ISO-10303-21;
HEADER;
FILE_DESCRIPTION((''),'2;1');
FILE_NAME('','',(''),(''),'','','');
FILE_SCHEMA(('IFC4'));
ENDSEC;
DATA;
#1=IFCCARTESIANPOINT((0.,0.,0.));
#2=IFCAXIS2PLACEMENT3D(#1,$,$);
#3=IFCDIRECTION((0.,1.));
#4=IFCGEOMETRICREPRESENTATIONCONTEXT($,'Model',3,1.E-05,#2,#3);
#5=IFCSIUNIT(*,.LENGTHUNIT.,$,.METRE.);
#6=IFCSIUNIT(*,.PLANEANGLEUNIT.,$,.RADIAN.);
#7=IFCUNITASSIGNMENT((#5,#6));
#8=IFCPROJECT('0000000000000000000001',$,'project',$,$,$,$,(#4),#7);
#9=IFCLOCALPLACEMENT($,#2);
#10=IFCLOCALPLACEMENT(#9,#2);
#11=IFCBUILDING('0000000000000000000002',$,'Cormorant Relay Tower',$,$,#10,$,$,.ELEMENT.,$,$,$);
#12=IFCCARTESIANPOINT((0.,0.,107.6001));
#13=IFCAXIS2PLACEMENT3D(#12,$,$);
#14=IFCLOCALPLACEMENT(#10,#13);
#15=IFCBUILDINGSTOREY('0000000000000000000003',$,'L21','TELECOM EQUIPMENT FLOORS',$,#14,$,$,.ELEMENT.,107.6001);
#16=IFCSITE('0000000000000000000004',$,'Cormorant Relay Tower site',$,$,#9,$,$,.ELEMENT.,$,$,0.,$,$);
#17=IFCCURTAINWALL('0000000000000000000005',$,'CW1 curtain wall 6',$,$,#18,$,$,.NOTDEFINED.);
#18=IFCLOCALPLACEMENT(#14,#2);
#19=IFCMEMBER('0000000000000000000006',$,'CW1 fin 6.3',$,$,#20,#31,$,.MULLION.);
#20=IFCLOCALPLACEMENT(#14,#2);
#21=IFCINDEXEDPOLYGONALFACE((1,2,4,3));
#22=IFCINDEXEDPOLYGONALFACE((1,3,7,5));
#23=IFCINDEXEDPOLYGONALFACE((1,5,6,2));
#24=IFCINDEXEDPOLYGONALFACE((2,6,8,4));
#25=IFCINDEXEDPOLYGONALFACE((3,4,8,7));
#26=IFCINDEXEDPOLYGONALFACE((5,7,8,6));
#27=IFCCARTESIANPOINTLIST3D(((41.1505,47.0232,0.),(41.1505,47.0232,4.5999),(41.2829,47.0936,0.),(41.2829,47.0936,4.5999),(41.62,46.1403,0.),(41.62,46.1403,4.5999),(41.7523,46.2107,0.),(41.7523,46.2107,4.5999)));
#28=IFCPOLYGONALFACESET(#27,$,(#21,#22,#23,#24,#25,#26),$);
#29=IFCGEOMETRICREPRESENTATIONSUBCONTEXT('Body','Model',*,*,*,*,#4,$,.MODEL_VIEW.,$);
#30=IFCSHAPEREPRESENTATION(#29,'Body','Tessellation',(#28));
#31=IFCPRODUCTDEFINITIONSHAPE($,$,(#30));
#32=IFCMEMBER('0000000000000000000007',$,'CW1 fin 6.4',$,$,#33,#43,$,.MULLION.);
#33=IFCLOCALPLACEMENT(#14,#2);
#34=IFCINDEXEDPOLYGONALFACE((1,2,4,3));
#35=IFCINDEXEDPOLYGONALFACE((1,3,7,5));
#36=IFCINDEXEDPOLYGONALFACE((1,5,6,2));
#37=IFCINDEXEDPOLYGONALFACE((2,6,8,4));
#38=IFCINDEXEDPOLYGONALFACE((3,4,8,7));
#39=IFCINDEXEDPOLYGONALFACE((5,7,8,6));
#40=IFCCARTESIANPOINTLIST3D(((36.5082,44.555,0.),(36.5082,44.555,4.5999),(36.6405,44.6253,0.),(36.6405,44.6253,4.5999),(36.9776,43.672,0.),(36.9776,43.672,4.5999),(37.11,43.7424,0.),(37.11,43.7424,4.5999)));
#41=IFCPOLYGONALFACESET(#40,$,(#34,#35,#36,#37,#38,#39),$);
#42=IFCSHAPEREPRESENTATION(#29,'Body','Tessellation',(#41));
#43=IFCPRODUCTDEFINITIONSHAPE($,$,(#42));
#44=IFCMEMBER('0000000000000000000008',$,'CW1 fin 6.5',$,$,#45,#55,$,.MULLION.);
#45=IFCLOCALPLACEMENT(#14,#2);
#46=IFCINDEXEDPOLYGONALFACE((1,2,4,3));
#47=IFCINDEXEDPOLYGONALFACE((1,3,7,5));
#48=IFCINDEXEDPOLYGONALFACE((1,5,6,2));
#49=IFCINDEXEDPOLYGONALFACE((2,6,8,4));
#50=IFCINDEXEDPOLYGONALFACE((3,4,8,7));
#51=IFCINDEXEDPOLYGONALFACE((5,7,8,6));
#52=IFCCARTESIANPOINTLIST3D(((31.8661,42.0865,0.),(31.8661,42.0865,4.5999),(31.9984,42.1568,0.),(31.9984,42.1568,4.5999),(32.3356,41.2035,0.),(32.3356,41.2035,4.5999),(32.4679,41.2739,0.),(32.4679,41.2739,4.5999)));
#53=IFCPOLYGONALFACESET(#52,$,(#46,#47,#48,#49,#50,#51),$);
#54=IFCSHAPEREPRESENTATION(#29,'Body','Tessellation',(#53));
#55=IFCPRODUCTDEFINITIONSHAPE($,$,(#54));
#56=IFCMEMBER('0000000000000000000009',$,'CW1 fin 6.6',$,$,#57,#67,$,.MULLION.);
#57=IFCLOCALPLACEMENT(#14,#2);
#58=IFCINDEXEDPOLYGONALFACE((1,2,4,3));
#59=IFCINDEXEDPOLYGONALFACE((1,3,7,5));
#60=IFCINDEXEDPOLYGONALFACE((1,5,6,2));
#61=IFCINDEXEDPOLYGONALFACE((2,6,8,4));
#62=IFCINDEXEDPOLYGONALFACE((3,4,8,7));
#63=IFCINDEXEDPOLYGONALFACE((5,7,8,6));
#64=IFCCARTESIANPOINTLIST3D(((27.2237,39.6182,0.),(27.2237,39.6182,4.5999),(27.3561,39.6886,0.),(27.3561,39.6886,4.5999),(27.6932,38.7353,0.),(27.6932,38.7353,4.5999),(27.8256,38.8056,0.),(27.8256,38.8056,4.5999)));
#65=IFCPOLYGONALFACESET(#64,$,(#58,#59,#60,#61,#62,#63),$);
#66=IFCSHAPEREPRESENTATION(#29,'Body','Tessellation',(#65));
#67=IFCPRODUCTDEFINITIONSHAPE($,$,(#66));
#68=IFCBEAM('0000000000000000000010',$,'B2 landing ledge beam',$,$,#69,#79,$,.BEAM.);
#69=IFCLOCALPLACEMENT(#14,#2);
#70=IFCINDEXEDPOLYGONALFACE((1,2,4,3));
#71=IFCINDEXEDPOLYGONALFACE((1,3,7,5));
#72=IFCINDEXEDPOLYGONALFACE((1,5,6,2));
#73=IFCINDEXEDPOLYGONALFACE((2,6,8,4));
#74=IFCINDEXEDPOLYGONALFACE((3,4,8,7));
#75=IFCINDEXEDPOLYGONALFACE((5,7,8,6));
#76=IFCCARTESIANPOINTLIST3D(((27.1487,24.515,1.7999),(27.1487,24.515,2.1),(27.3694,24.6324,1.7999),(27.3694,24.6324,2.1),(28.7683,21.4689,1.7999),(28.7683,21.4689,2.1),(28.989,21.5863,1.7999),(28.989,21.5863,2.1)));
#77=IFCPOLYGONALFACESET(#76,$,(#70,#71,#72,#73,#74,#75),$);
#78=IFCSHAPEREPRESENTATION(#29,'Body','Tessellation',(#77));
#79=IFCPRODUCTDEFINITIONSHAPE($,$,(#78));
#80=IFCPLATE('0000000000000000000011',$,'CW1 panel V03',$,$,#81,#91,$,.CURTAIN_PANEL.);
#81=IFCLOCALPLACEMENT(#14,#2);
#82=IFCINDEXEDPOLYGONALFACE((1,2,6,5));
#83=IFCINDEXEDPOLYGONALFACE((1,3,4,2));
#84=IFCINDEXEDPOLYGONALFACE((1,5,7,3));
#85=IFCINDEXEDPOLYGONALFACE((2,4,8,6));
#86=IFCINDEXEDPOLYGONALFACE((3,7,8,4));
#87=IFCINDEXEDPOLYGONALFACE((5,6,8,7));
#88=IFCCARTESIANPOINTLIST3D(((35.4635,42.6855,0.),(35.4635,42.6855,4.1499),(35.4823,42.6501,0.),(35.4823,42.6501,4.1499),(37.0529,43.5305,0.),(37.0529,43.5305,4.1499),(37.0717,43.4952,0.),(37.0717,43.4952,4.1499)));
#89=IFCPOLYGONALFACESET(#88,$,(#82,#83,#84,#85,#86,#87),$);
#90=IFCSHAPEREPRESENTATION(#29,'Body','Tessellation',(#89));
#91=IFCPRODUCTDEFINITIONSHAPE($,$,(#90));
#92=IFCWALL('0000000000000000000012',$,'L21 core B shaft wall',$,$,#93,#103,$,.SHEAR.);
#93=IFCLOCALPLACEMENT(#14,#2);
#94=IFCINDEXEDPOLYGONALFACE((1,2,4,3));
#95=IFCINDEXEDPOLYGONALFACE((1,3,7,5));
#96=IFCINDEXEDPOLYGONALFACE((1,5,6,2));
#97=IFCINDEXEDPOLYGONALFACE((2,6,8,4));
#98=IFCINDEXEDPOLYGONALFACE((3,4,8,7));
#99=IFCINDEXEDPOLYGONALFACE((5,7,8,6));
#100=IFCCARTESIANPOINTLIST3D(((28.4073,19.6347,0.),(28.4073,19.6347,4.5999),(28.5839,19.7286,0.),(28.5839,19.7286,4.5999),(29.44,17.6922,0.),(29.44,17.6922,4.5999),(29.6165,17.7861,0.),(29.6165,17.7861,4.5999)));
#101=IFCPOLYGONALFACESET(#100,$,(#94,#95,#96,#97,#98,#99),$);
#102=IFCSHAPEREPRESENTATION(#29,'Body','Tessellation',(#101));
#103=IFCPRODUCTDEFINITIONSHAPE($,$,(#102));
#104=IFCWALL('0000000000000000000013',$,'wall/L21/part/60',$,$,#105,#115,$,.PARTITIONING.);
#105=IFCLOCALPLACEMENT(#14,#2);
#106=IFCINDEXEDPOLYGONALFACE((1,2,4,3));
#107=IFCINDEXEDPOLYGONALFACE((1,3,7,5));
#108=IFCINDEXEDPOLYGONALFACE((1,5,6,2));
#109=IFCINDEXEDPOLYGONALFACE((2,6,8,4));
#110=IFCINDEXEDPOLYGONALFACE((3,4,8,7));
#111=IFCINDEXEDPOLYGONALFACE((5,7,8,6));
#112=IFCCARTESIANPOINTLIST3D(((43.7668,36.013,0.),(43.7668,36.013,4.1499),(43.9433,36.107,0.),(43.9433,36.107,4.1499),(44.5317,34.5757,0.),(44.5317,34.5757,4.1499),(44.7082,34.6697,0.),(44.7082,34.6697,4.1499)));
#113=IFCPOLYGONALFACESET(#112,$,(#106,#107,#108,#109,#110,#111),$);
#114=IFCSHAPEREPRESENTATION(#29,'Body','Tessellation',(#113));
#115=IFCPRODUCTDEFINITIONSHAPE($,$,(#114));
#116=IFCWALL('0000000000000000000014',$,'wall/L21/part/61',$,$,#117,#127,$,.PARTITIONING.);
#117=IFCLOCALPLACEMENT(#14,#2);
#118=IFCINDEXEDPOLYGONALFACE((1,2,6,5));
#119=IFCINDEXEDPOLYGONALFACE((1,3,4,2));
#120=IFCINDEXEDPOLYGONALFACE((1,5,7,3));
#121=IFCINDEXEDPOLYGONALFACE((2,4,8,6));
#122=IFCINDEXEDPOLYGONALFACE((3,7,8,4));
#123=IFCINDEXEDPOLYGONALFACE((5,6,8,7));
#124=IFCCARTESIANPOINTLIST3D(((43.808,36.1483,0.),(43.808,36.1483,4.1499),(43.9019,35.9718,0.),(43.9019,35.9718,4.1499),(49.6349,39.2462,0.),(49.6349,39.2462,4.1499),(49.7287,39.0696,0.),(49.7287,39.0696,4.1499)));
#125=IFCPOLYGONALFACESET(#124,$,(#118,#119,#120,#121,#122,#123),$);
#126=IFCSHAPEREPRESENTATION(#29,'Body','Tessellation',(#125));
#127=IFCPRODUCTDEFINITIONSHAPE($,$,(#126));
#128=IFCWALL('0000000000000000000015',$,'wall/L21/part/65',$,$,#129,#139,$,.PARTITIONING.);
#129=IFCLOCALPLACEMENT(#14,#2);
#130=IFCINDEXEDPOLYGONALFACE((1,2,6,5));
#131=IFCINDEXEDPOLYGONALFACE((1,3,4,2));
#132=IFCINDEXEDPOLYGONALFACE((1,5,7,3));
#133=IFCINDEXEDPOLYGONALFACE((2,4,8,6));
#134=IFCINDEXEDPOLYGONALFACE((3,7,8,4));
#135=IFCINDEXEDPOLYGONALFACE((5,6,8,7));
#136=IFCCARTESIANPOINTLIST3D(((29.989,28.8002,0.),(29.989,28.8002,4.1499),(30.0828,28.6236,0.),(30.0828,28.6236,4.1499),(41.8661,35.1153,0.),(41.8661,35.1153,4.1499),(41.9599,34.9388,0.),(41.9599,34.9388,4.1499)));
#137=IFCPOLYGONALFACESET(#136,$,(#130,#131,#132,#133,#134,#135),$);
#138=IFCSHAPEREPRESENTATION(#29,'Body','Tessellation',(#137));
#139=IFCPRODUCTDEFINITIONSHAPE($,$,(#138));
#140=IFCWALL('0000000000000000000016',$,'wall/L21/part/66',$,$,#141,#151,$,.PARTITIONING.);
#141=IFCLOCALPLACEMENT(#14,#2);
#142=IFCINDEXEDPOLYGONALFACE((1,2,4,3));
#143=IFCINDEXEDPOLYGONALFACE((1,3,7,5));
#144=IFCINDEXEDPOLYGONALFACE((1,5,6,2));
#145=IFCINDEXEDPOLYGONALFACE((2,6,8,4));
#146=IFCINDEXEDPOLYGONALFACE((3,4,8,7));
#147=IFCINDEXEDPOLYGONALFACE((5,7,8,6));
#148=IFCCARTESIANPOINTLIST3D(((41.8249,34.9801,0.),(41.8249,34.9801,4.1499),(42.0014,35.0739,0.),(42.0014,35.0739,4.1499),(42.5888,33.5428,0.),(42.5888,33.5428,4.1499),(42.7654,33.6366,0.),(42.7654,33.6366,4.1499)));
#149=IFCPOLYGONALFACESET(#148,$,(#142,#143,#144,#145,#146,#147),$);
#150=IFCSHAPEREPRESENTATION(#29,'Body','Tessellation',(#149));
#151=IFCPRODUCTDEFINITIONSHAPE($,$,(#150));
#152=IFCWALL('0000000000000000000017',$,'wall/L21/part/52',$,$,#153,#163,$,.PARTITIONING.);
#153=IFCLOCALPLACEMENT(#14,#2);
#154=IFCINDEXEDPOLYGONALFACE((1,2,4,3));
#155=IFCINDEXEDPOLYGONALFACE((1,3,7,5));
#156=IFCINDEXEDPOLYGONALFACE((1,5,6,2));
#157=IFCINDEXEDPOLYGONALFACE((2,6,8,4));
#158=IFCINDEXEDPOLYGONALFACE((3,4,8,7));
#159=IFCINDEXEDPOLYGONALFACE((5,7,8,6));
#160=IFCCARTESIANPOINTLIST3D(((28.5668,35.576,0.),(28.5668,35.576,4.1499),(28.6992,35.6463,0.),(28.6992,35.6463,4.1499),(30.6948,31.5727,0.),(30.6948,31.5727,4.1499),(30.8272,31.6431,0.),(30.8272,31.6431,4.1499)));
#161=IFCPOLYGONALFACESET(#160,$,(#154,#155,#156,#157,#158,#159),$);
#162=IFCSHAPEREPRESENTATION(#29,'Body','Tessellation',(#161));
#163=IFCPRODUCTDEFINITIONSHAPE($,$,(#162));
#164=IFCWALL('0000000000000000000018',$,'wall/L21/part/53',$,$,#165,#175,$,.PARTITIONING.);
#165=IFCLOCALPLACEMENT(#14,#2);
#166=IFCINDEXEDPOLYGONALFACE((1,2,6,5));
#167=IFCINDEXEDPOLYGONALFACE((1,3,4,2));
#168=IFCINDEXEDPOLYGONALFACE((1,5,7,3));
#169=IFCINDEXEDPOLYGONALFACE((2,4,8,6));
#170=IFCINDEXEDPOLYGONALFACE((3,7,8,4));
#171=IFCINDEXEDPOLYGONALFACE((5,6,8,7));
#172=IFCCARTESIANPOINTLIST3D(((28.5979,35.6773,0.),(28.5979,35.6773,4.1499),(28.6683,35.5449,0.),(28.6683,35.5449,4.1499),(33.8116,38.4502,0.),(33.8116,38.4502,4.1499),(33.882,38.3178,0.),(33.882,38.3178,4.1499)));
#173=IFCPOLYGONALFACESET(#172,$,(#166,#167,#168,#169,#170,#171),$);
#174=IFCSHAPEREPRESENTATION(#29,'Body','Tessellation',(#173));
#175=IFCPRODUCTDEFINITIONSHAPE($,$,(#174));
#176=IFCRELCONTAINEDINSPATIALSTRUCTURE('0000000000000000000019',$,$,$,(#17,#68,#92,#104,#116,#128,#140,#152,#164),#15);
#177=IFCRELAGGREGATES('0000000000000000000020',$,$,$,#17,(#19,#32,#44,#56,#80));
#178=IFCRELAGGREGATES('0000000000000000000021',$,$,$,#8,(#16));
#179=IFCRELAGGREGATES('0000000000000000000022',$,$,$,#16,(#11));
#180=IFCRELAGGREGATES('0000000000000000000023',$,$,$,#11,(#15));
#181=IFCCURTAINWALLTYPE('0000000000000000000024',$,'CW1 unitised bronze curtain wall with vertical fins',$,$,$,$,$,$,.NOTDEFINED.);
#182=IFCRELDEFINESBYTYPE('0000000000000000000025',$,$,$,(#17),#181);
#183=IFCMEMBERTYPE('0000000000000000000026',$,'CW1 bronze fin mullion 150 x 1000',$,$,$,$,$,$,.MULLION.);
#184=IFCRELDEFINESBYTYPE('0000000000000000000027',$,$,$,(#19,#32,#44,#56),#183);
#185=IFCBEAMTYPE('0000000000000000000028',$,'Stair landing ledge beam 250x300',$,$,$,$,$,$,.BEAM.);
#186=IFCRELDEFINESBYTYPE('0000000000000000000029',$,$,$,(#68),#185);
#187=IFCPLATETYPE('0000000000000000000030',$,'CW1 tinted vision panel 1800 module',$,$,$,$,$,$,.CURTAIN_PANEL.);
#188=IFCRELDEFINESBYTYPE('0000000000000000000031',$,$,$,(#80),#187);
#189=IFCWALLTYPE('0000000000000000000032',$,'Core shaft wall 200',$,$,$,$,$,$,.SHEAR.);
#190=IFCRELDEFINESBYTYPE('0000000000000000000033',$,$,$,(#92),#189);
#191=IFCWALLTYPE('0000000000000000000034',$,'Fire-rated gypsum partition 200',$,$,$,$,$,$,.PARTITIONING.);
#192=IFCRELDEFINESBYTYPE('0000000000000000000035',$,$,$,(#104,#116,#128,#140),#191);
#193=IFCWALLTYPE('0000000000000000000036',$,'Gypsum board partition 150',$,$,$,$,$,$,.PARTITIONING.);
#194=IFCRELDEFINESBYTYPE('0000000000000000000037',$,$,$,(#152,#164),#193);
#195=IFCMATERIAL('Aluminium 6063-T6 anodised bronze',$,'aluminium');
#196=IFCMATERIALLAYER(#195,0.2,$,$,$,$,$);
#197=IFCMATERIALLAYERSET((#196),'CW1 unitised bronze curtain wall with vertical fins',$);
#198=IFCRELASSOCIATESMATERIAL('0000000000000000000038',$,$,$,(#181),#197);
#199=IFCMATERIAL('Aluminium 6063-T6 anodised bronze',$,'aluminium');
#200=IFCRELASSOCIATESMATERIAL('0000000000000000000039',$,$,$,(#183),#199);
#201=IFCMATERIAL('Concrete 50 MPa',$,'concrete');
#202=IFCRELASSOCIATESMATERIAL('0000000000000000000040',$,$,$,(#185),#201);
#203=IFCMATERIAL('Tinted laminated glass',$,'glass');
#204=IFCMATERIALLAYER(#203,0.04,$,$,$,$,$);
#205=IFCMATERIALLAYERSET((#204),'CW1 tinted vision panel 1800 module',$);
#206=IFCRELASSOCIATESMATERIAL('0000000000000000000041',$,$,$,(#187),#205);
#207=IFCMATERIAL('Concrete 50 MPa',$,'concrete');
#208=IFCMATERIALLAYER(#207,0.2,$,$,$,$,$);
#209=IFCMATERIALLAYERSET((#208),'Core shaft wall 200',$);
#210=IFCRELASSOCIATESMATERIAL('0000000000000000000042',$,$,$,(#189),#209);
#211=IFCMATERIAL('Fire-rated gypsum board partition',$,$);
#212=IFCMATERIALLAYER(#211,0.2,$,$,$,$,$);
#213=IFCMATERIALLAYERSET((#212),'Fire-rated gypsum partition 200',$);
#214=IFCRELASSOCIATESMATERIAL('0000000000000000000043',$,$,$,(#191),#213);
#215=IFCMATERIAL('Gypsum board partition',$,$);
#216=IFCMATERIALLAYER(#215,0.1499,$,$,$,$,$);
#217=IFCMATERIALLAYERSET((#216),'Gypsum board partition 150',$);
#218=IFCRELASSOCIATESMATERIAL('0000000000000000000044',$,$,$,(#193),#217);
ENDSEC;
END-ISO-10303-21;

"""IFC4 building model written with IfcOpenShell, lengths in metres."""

from ifc_helpers import new_model, si_unit, direction, frame, frame_2d, origin, origin_2d, place, context, subcontext, project, spatial, rectangle, extrude, material, layer, layer_set, material_profile, profile_set, type_object, element, aggregate, save


model = new_model("IFC4")

# Units and contexts
model_context = context("Model", 3, precision=1e-05, world=origin(), true_north=direction((0.0, 1.0)))
body_context = subcontext(model_context, "Body", "Model", "MODEL_VIEW")
ifc_project = project(units=[si_unit("LENGTHUNIT", "METRE"), si_unit("PLANEANGLEUNIT", "RADIAN")], contexts=[model_context])

# Site, building, storey
site_placement = place(None, origin())
site = spatial("IfcSite", under=ifc_project, at=site_placement, Name="Cormorant Relay Tower site", CompositionType="ELEMENT", RefElevation=0.0)
building_placement = place(site_placement, origin())
building = spatial("IfcBuilding", under=site, at=building_placement, Name="Cormorant Relay Tower", CompositionType="ELEMENT")
storey_placement = place(building_placement, frame((0.0, 0.0, 107.6001)))
storey = spatial("IfcBuildingStorey", under=building, at=storey_placement, Name="L21", Description="TELECOM EQUIPMENT FLOORS", CompositionType="ELEMENT", Elevation=107.6001)

# Curtain wall, members
ifc_material_1 = material(Name="Aluminium 6063-T6 anodised bronze", Category="aluminium")
ifc_layer_1 = layer(ifc_material_1, 0.2)
ifc_layer_set_1 = layer_set([ifc_layer_1], Name="CW1 unitised bronze curtain wall with vertical fins")
curtain_wall_type = type_object("IfcCurtainWallType", Name="CW1 unitised bronze curtain wall with vertical fins", PredefinedType="NOTDEFINED", material=ifc_layer_set_1)
curtain_wall_placement = place(storey_placement, origin())
curtain_wall = element("IfcCurtainWall", 1, at=curtain_wall_placement, inside=storey, type_object=curtain_wall_type, Name="CW1 curtain wall 6", PredefinedType="NOTDEFINED")
ifc_material_2 = material(Name="Aluminium 6063-T6 anodised bronze", Category="aluminium")
ifc_material_profile_1 = material_profile(ifc_material_2, rectangle(XDim=0.1499, YDim=1.0, at=origin_2d()), Name="AL 150x1000")
ifc_profile_set_1 = profile_set([ifc_material_profile_1], Name="Aluminium 6063-T6 anodised bronze")
member_type = type_object("IfcMemberType", Name="CW1 bronze fin mullion 150 x 1000", PredefinedType="MULLION", material=ifc_profile_set_1)
member_1_placement = place(storey_placement, frame((41.4514, 46.6169, 0.0), z_axis=(0.0, 0.0, 1.0), x_axis=(-0.882948, -0.469472, 0.0)))
member_1 = element("IfcMember", 2, at=member_1_placement, type_object=member_type, Name="CW1 fin 6.3", PredefinedType="MULLION", context=body_context, shape_type="SweptSolid", body=[
    extrude(rectangle(XDim=0.1499, YDim=1.0, at=origin_2d()), origin(), (0.0, 0.0, 1.0), 4.5999),
])
member_2_placement = place(storey_placement, frame((36.8091, 44.1487, 0.0), z_axis=(0.0, 0.0, 1.0), x_axis=(-0.882948, -0.469472, 0.0)))
member_2 = element("IfcMember", 3, at=member_2_placement, type_object=member_type, Name="CW1 fin 6.4", PredefinedType="MULLION", context=body_context, shape_type="SweptSolid", body=[
    extrude(rectangle(XDim=0.1499, YDim=1.0, at=origin_2d()), origin(), (0.0, 0.0, 1.0), 4.5999),
])
member_3_placement = place(storey_placement, frame((32.167, 41.6802, 0.0), z_axis=(0.0, 0.0, 1.0), x_axis=(-0.882948, -0.469472, 0.0)))
member_3 = element("IfcMember", 4, at=member_3_placement, type_object=member_type, Name="CW1 fin 6.5", PredefinedType="MULLION", context=body_context, shape_type="SweptSolid", body=[
    extrude(rectangle(XDim=0.1499, YDim=1.0, at=origin_2d()), origin(), (0.0, 0.0, 1.0), 4.5999),
])
member_4_placement = place(storey_placement, frame((27.5247, 39.2119, 0.0), z_axis=(0.0, 0.0, 1.0), x_axis=(-0.882948, -0.469472, 0.0)))
member_4 = element("IfcMember", 5, at=member_4_placement, type_object=member_type, Name="CW1 fin 6.6", PredefinedType="MULLION", context=body_context, shape_type="SweptSolid", body=[
    extrude(rectangle(XDim=0.1499, YDim=1.0, at=origin_2d()), origin(), (0.0, 0.0, 1.0), 4.5999),
])

# Beam
ifc_material_3 = material(Name="Concrete 50 MPa", Category="concrete")
ifc_material_profile_2 = material_profile(ifc_material_3, rectangle(XDim=0.25, YDim=0.3, at=origin_2d()), Name="RC 250x300")
ifc_profile_set_2 = profile_set([ifc_material_profile_2], Name="Concrete 50 MPa")
beam_type = type_object("IfcBeamType", Name="Stair landing ledge beam 250x300", PredefinedType="BEAM", material=ifc_profile_set_2)
beam_placement = place(storey_placement, frame((28.8787, 21.5276, 1.95), z_axis=(-0.469464, 0.882952, 0.0), x_axis=(-0.882952, -0.469464, 0.0)))
element("IfcBeam", 6, at=beam_placement, inside=storey, type_object=beam_type, Name="B2 landing ledge beam", PredefinedType="BEAM", context=body_context, shape_type="SweptSolid", body=[
    extrude(rectangle(XDim=0.25, YDim=0.3, at=origin_2d()), origin(), (0.0, 0.0, 1.0), 3.45),
])

# Plate
ifc_material_4 = material(Name="Tinted laminated glass", Category="glass")
ifc_layer_2 = layer(ifc_material_4, 0.04)
ifc_layer_set_2 = layer_set([ifc_layer_2], Name="CW1 tinted vision panel 1800 module")
plate_type = type_object("IfcPlateType", Name="CW1 tinted vision panel 1800 module", PredefinedType="CURTAIN_PANEL", material=ifc_layer_set_2)
plate_placement = place(storey_placement, frame((36.2676, 43.0903, 0.0), z_axis=(0.0, 0.0, 1.0), x_axis=(-0.882948, -0.469472, 0.0)))
plate = element("IfcPlate", 7, at=plate_placement, type_object=plate_type, Name="CW1 panel V03", PredefinedType="CURTAIN_PANEL", context=body_context, shape_type="SweptSolid", body=[
    extrude(rectangle(XDim=1.8, YDim=0.04, at=origin_2d()), origin(), (0.0, 0.0, 1.0), 4.1499),
])

# Walls
ifc_material_5 = material(Name="Concrete 50 MPa", Category="concrete")
ifc_layer_3 = layer(ifc_material_5, 0.2)
ifc_layer_set_3 = layer_set([ifc_layer_3], Name="Core shaft wall 200")
wall_type_1 = type_object("IfcWallType", Name="Core shaft wall 200", PredefinedType="SHEAR", material=ifc_layer_set_3)
wall_1_placement = place(storey_placement, frame((29.5283, 17.739, 0.0), z_axis=(0.0, 0.0, 1.0), x_axis=(-0.469401, 0.882985, 0.0)))
element("IfcWall", 8, at=wall_1_placement, inside=storey, type_object=wall_type_1, Name="L21 core B shaft wall", PredefinedType="SHEAR", context=body_context, shape_type="SweptSolid", body=[
    extrude(rectangle(XDim=2.2, YDim=0.2, at=frame_2d((1.1001, 0.0))), origin(), (0.0, 0.0, 1.0), 4.5999),
])
ifc_material_6 = material(Name="Fire-rated gypsum board partition")
ifc_layer_4 = layer(ifc_material_6, 0.2)
ifc_layer_set_4 = layer_set([ifc_layer_4], Name="Fire-rated gypsum partition 200")
wall_type_2 = type_object("IfcWallType", Name="Fire-rated gypsum partition 200", PredefinedType="PARTITIONING", material=ifc_layer_set_4)
wall_2_placement = place(storey_placement, frame((44.6199, 34.6228, 0.0), z_axis=(0.0, 0.0, 1.0), x_axis=(-0.469802, 0.882772, 0.0)))
element("IfcWall", 9, at=wall_2_placement, inside=storey, type_object=wall_type_2, Name="wall/L21/part/60", PredefinedType="PARTITIONING", context=body_context, shape_type="SweptSolid", body=[
    extrude(rectangle(XDim=1.6282, YDim=0.2, at=frame_2d((0.814, 0.0))), origin(), (0.0, 0.0, 1.0), 4.1499),
])
wall_3_placement = place(storey_placement, frame((43.855, 36.0601, 0.0), z_axis=(0.0, 0.0, 1.0), x_axis=(0.882968, 0.469434, 0.0)))
element("IfcWall", 10, at=wall_3_placement, inside=storey, type_object=wall_type_2, Name="wall/L21/part/61", PredefinedType="PARTITIONING", context=body_context, shape_type="SweptSolid", body=[
    extrude(rectangle(XDim=6.5991, YDim=0.2, at=frame_2d((3.2996, 0.0))), origin(), (0.0, 0.0, 1.0), 4.1499),
])
wall_4_placement = place(storey_placement, frame((30.0359, 28.7119, 0.0), z_axis=(0.0, 0.0, 1.0), x_axis=(0.882949, 0.46947, 0.0)))
element("IfcWall", 11, at=wall_4_placement, inside=storey, type_object=wall_type_2, Name="wall/L21/part/65", PredefinedType="PARTITIONING", context=body_context, shape_type="SweptSolid", body=[
    extrude(rectangle(XDim=13.4517, YDim=0.2, at=frame_2d((6.7258, 0.0))), origin(), (0.0, 0.0, 1.0), 4.1499),
])
wall_5_placement = place(storey_placement, frame((41.9131, 35.0271, 0.0), z_axis=(0.0, 0.0, 1.0), x_axis=(0.469334, -0.883021, 0.0)))
element("IfcWall", 12, at=wall_5_placement, inside=storey, type_object=wall_type_2, Name="wall/L21/part/66", PredefinedType="PARTITIONING", context=body_context, shape_type="SweptSolid", body=[
    extrude(rectangle(XDim=1.6277, YDim=0.2, at=frame_2d((0.814, 0.0))), origin(), (0.0, 0.0, 1.0), 4.1499),
])
ifc_material_7 = material(Name="Gypsum board partition")
ifc_layer_5 = layer(ifc_material_7, 0.1499)
ifc_layer_set_5 = layer_set([ifc_layer_5], Name="Gypsum board partition 150")
wall_type_3 = type_object("IfcWallType", Name="Gypsum board partition 150", PredefinedType="PARTITIONING", material=ifc_layer_set_5)
wall_6_placement = place(storey_placement, frame((30.761, 31.6079, 0.0), z_axis=(0.0, 0.0, 1.0), x_axis=(-0.469369, 0.883002, 0.0)))
element("IfcWall", 13, at=wall_6_placement, inside=storey, type_object=wall_type_3, Name="wall/L21/part/52", PredefinedType="PARTITIONING", context=body_context, shape_type="SweptSolid", body=[
    extrude(rectangle(XDim=4.5337, YDim=0.1499, at=frame_2d((2.2668, 0.0))), origin(), (0.0, 0.0, 1.0), 4.1499),
])
wall_7_placement = place(storey_placement, frame((28.6331, 35.6111, 0.0), z_axis=(0.0, 0.0, 1.0), x_axis=(0.882899, 0.469562, 0.0)))
element("IfcWall", 14, at=wall_7_placement, inside=storey, type_object=wall_type_3, Name="wall/L21/part/53", PredefinedType="PARTITIONING", context=body_context, shape_type="SweptSolid", body=[
    extrude(rectangle(XDim=5.9053, YDim=0.1499, at=frame_2d((2.9526, 0.0))), origin(), (0.0, 0.0, 1.0), 4.1499),
])

aggregate(curtain_wall, [member_1, member_2, member_3, member_4, plate])

save(model, "model.ifc")
